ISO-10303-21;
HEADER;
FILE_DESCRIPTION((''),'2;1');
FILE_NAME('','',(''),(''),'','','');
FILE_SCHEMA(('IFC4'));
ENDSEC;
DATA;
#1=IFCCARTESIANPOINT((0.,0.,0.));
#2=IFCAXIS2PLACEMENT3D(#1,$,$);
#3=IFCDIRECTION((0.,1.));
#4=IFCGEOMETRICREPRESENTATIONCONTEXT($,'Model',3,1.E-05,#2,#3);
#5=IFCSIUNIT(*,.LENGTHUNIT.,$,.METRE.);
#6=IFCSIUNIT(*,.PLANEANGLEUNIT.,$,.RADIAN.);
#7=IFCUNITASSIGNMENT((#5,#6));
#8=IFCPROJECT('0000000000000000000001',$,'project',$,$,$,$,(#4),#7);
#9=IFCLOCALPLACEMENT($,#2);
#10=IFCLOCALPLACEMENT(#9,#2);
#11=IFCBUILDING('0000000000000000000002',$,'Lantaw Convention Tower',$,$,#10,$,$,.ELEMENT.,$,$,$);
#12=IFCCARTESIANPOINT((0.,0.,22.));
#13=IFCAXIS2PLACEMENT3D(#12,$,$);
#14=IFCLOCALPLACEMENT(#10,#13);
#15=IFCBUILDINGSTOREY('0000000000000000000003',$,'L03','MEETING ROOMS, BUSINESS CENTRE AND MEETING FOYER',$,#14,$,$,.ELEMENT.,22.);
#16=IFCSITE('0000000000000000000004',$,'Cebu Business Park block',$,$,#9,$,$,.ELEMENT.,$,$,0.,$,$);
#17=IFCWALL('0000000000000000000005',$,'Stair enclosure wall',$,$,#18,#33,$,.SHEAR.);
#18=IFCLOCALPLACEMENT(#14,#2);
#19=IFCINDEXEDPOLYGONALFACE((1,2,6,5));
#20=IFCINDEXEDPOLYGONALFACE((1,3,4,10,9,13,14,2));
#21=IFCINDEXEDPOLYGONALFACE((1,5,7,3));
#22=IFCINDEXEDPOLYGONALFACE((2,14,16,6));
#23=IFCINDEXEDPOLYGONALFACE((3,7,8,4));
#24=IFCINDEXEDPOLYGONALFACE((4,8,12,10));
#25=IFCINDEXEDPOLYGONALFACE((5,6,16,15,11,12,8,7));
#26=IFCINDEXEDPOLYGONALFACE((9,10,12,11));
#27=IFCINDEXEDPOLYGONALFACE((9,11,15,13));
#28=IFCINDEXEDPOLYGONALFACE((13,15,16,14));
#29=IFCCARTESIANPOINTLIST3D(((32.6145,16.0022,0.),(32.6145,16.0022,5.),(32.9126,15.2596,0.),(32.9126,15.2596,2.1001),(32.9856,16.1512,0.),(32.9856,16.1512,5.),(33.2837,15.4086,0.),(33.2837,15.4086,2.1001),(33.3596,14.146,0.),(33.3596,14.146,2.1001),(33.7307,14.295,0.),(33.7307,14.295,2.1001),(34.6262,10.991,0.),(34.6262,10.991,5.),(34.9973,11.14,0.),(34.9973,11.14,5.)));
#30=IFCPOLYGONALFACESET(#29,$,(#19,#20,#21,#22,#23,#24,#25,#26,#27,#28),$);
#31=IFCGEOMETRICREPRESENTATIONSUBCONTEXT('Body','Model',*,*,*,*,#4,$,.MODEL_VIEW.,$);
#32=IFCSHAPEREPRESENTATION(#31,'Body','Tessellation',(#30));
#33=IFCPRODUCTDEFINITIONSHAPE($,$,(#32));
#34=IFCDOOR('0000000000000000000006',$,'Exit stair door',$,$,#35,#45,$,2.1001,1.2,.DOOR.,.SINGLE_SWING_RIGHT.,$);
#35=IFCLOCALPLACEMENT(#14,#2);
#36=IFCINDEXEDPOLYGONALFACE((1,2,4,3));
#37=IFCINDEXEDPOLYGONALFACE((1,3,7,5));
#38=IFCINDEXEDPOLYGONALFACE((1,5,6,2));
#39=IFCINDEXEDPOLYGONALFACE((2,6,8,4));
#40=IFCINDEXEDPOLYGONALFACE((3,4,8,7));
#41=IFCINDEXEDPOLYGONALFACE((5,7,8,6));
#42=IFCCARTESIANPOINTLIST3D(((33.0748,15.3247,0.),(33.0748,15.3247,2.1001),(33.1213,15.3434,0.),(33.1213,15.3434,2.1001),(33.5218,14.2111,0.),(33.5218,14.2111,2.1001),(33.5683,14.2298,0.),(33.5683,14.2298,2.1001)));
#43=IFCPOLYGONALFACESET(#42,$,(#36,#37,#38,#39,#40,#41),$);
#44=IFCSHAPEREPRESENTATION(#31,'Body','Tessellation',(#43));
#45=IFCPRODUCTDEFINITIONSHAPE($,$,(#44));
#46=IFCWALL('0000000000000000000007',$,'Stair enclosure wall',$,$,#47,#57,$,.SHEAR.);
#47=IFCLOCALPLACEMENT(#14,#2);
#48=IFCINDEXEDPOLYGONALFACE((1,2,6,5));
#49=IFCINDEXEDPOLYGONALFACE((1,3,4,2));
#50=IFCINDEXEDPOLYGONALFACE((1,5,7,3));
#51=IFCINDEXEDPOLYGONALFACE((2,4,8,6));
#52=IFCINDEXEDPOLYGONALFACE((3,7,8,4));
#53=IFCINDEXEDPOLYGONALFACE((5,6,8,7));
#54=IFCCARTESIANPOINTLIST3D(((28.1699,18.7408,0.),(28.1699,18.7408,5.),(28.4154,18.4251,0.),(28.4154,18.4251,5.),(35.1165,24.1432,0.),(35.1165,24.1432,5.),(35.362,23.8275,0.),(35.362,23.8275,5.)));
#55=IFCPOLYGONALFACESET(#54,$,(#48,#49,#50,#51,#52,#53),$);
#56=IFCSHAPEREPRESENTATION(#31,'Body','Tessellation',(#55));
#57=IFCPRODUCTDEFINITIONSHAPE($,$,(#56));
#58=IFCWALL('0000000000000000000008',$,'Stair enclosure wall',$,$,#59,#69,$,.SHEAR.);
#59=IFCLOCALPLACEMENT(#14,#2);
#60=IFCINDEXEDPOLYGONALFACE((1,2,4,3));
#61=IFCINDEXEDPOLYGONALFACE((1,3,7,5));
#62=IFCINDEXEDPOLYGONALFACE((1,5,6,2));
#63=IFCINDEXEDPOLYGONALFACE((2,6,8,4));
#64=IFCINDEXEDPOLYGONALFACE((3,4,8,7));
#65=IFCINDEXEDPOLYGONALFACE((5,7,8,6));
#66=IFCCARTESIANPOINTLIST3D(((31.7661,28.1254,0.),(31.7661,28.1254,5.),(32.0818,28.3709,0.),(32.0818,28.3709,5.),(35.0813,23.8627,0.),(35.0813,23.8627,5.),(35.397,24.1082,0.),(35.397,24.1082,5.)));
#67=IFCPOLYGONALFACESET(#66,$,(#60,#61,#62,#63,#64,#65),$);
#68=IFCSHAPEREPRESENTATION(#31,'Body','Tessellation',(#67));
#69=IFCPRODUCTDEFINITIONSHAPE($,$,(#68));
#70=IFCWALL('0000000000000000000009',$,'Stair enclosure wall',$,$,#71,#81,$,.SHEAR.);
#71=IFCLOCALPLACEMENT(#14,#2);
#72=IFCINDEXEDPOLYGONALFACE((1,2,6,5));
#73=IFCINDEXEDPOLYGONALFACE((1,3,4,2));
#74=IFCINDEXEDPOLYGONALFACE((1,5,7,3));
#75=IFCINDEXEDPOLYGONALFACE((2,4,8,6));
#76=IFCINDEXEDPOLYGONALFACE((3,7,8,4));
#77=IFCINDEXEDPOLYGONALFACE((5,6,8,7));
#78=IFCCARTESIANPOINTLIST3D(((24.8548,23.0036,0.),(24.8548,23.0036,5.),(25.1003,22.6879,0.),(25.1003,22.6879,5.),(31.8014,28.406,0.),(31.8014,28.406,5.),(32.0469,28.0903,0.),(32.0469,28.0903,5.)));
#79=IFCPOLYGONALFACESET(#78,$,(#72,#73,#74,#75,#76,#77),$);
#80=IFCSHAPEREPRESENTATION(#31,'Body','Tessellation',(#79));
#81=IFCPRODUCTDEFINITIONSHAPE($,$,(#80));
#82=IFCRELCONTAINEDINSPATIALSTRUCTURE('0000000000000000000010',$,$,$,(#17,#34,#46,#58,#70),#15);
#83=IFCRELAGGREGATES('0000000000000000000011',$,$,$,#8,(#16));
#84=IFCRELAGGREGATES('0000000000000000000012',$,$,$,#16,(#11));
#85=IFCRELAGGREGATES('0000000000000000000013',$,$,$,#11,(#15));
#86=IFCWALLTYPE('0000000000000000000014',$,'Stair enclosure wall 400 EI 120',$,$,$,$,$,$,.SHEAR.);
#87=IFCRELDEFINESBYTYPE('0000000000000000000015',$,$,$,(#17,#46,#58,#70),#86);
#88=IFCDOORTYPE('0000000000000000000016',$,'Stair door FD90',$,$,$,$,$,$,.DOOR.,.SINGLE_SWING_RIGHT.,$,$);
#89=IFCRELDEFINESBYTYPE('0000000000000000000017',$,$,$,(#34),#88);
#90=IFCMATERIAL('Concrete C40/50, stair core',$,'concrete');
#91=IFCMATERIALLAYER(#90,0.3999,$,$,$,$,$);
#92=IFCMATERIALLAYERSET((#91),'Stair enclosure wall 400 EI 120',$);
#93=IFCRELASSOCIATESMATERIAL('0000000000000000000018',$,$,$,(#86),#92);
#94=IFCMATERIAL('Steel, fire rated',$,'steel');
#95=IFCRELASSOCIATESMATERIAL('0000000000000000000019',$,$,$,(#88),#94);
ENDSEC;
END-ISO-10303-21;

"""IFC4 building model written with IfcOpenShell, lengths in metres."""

from ifc_helpers import new_model, si_unit, direction, frame, frame_2d, origin, place, context, subcontext, project, spatial, rectangle, extrude, material, layer, layer_set, type_object, element, fill, save


model = new_model("IFC4")

# Units and contexts
model_context = context("Model", 3, precision=1e-05, world=origin(), true_north=direction((0.0, 1.0)))
body_context = subcontext(model_context, "Body", "Model", "MODEL_VIEW")
ifc_project = project(units=[si_unit("LENGTHUNIT", "METRE"), si_unit("PLANEANGLEUNIT", "RADIAN")], contexts=[model_context])

# Site, building, storey
site_placement = place(None, origin())
site = spatial("IfcSite", under=ifc_project, at=site_placement, Name="Cebu Business Park block", CompositionType="ELEMENT", RefElevation=0.0)
building_placement = place(site_placement, origin())
building = spatial("IfcBuilding", under=site, at=building_placement, Name="Lantaw Convention Tower", CompositionType="ELEMENT")
storey_placement = place(building_placement, frame((0.0, 0.0, 22.0)))
storey = spatial("IfcBuildingStorey", under=building, at=storey_placement, Name="L03", Description="MEETING ROOMS, BUSINESS CENTRE AND MEETING FOYER", CompositionType="ELEMENT", Elevation=22.0)

# Shared definitions
ifc_material_1 = material(Name="Concrete C40/50, stair core", Category="concrete")
ifc_layer_1 = layer(ifc_material_1, 0.3999)
ifc_layer_set_1 = layer_set([ifc_layer_1], Name="Stair enclosure wall 400 EI 120")
wall_type_1 = type_object("IfcWallType", Name="Stair enclosure wall 400 EI 120", PredefinedType="SHEAR", material=ifc_layer_set_1)

# Wall, opening, door
wall_1_placement = place(storey_placement, frame((32.8, 16.0767, 0.0), z_axis=(0.0, 0.0, 1.0), x_axis=(0.372544, -0.928015, 0.0)))
wall_1 = element("IfcWall", 1, at=wall_1_placement, inside=storey, type_object=wall_type_1, Name="Stair enclosure wall", PredefinedType="SHEAR", context=body_context, shape_type="SweptSolid", body=[
    extrude(rectangle(XDim=5.3999, YDim=0.3999, at=frame_2d((2.7, 0.0))), origin(), (0.0, 0.0, 1.0), 5.0),
])
opening_1_placement = place(wall_1_placement, frame((0.8, 0.0, 0.0)))
opening_1 = element("IfcOpeningElement", 2, at=opening_1_placement, cuts=wall_1, PredefinedType="OPENING", context=body_context, shape_type="SweptSolid", body=[
    extrude(rectangle(XDim=1.2, YDim=2.1001, at=frame_2d((0.6001, 1.05))), frame((0.0, 0.21, 0.0), z_axis=(0.0, -1.0, 0.0), x_axis=(1.0, 0.0, 0.0)), (0.0, 0.0, 1.0), 0.4199),
])
ifc_material_2 = material(Name="Steel, fire rated", Category="steel")
door_type = type_object("IfcDoorType", Name="Stair door FD90", OperationType="SINGLE_SWING_RIGHT", PredefinedType="DOOR", material=ifc_material_2)
door_placement = place(opening_1_placement, origin())
door = element("IfcDoor", 3, at=door_placement, inside=storey, type_object=door_type, Name="Exit stair door", OperationType="SINGLE_SWING_RIGHT", OverallHeight=2.1001, OverallWidth=1.2, PredefinedType="DOOR", context=body_context, shape_type="SweptSolid", body=[
    extrude(rectangle(XDim=1.2, YDim=2.1001, at=frame_2d((0.6001, 1.05))), frame((0.0, 0.0249, 0.0), z_axis=(0.0, -1.0, 0.0), x_axis=(1.0, 0.0, 0.0)), (0.0, 0.0, 1.0), 0.05),
])
fill(opening_1, door)

# Walls
wall_2_placement = place(storey_placement, frame((28.2927, 18.583, 0.0), z_axis=(0.0, 0.0, 1.0), x_axis=(0.789381, 0.613904, 0.0)))
element("IfcWall", 4, at=wall_2_placement, inside=storey, type_object=wall_type_1, Name="Stair enclosure wall", PredefinedType="SHEAR", context=body_context, shape_type="SweptSolid", body=[
    extrude(rectangle(XDim=8.8, YDim=0.3999, at=frame_2d((4.3999, 0.0))), origin(), (0.0, 0.0, 1.0), 5.0),
])
wall_3_placement = place(storey_placement, frame((35.2393, 23.9854, 0.0), z_axis=(0.0, 0.0, 1.0), x_axis=(-0.613912, 0.789374, 0.0)))
element("IfcWall", 5, at=wall_3_placement, inside=storey, type_object=wall_type_1, Name="Stair enclosure wall", PredefinedType="SHEAR", context=body_context, shape_type="SweptSolid", body=[
    extrude(rectangle(XDim=5.4001, YDim=0.3999, at=frame_2d((2.7002, 0.0))), origin(), (0.0, 0.0, 1.0), 5.0),
])
wall_4_placement = place(storey_placement, frame((31.9241, 28.248, 0.0), z_axis=(0.0, 0.0, 1.0), x_axis=(-0.789381, -0.613904, 0.0)))
element("IfcWall", 6, at=wall_4_placement, inside=storey, type_object=wall_type_1, Name="Stair enclosure wall", PredefinedType="SHEAR", context=body_context, shape_type="SweptSolid", body=[
    extrude(rectangle(XDim=8.8, YDim=0.3999, at=frame_2d((4.3999, 0.0))), origin(), (0.0, 0.0, 1.0), 5.0),
])

save(model, "model.ifc")
